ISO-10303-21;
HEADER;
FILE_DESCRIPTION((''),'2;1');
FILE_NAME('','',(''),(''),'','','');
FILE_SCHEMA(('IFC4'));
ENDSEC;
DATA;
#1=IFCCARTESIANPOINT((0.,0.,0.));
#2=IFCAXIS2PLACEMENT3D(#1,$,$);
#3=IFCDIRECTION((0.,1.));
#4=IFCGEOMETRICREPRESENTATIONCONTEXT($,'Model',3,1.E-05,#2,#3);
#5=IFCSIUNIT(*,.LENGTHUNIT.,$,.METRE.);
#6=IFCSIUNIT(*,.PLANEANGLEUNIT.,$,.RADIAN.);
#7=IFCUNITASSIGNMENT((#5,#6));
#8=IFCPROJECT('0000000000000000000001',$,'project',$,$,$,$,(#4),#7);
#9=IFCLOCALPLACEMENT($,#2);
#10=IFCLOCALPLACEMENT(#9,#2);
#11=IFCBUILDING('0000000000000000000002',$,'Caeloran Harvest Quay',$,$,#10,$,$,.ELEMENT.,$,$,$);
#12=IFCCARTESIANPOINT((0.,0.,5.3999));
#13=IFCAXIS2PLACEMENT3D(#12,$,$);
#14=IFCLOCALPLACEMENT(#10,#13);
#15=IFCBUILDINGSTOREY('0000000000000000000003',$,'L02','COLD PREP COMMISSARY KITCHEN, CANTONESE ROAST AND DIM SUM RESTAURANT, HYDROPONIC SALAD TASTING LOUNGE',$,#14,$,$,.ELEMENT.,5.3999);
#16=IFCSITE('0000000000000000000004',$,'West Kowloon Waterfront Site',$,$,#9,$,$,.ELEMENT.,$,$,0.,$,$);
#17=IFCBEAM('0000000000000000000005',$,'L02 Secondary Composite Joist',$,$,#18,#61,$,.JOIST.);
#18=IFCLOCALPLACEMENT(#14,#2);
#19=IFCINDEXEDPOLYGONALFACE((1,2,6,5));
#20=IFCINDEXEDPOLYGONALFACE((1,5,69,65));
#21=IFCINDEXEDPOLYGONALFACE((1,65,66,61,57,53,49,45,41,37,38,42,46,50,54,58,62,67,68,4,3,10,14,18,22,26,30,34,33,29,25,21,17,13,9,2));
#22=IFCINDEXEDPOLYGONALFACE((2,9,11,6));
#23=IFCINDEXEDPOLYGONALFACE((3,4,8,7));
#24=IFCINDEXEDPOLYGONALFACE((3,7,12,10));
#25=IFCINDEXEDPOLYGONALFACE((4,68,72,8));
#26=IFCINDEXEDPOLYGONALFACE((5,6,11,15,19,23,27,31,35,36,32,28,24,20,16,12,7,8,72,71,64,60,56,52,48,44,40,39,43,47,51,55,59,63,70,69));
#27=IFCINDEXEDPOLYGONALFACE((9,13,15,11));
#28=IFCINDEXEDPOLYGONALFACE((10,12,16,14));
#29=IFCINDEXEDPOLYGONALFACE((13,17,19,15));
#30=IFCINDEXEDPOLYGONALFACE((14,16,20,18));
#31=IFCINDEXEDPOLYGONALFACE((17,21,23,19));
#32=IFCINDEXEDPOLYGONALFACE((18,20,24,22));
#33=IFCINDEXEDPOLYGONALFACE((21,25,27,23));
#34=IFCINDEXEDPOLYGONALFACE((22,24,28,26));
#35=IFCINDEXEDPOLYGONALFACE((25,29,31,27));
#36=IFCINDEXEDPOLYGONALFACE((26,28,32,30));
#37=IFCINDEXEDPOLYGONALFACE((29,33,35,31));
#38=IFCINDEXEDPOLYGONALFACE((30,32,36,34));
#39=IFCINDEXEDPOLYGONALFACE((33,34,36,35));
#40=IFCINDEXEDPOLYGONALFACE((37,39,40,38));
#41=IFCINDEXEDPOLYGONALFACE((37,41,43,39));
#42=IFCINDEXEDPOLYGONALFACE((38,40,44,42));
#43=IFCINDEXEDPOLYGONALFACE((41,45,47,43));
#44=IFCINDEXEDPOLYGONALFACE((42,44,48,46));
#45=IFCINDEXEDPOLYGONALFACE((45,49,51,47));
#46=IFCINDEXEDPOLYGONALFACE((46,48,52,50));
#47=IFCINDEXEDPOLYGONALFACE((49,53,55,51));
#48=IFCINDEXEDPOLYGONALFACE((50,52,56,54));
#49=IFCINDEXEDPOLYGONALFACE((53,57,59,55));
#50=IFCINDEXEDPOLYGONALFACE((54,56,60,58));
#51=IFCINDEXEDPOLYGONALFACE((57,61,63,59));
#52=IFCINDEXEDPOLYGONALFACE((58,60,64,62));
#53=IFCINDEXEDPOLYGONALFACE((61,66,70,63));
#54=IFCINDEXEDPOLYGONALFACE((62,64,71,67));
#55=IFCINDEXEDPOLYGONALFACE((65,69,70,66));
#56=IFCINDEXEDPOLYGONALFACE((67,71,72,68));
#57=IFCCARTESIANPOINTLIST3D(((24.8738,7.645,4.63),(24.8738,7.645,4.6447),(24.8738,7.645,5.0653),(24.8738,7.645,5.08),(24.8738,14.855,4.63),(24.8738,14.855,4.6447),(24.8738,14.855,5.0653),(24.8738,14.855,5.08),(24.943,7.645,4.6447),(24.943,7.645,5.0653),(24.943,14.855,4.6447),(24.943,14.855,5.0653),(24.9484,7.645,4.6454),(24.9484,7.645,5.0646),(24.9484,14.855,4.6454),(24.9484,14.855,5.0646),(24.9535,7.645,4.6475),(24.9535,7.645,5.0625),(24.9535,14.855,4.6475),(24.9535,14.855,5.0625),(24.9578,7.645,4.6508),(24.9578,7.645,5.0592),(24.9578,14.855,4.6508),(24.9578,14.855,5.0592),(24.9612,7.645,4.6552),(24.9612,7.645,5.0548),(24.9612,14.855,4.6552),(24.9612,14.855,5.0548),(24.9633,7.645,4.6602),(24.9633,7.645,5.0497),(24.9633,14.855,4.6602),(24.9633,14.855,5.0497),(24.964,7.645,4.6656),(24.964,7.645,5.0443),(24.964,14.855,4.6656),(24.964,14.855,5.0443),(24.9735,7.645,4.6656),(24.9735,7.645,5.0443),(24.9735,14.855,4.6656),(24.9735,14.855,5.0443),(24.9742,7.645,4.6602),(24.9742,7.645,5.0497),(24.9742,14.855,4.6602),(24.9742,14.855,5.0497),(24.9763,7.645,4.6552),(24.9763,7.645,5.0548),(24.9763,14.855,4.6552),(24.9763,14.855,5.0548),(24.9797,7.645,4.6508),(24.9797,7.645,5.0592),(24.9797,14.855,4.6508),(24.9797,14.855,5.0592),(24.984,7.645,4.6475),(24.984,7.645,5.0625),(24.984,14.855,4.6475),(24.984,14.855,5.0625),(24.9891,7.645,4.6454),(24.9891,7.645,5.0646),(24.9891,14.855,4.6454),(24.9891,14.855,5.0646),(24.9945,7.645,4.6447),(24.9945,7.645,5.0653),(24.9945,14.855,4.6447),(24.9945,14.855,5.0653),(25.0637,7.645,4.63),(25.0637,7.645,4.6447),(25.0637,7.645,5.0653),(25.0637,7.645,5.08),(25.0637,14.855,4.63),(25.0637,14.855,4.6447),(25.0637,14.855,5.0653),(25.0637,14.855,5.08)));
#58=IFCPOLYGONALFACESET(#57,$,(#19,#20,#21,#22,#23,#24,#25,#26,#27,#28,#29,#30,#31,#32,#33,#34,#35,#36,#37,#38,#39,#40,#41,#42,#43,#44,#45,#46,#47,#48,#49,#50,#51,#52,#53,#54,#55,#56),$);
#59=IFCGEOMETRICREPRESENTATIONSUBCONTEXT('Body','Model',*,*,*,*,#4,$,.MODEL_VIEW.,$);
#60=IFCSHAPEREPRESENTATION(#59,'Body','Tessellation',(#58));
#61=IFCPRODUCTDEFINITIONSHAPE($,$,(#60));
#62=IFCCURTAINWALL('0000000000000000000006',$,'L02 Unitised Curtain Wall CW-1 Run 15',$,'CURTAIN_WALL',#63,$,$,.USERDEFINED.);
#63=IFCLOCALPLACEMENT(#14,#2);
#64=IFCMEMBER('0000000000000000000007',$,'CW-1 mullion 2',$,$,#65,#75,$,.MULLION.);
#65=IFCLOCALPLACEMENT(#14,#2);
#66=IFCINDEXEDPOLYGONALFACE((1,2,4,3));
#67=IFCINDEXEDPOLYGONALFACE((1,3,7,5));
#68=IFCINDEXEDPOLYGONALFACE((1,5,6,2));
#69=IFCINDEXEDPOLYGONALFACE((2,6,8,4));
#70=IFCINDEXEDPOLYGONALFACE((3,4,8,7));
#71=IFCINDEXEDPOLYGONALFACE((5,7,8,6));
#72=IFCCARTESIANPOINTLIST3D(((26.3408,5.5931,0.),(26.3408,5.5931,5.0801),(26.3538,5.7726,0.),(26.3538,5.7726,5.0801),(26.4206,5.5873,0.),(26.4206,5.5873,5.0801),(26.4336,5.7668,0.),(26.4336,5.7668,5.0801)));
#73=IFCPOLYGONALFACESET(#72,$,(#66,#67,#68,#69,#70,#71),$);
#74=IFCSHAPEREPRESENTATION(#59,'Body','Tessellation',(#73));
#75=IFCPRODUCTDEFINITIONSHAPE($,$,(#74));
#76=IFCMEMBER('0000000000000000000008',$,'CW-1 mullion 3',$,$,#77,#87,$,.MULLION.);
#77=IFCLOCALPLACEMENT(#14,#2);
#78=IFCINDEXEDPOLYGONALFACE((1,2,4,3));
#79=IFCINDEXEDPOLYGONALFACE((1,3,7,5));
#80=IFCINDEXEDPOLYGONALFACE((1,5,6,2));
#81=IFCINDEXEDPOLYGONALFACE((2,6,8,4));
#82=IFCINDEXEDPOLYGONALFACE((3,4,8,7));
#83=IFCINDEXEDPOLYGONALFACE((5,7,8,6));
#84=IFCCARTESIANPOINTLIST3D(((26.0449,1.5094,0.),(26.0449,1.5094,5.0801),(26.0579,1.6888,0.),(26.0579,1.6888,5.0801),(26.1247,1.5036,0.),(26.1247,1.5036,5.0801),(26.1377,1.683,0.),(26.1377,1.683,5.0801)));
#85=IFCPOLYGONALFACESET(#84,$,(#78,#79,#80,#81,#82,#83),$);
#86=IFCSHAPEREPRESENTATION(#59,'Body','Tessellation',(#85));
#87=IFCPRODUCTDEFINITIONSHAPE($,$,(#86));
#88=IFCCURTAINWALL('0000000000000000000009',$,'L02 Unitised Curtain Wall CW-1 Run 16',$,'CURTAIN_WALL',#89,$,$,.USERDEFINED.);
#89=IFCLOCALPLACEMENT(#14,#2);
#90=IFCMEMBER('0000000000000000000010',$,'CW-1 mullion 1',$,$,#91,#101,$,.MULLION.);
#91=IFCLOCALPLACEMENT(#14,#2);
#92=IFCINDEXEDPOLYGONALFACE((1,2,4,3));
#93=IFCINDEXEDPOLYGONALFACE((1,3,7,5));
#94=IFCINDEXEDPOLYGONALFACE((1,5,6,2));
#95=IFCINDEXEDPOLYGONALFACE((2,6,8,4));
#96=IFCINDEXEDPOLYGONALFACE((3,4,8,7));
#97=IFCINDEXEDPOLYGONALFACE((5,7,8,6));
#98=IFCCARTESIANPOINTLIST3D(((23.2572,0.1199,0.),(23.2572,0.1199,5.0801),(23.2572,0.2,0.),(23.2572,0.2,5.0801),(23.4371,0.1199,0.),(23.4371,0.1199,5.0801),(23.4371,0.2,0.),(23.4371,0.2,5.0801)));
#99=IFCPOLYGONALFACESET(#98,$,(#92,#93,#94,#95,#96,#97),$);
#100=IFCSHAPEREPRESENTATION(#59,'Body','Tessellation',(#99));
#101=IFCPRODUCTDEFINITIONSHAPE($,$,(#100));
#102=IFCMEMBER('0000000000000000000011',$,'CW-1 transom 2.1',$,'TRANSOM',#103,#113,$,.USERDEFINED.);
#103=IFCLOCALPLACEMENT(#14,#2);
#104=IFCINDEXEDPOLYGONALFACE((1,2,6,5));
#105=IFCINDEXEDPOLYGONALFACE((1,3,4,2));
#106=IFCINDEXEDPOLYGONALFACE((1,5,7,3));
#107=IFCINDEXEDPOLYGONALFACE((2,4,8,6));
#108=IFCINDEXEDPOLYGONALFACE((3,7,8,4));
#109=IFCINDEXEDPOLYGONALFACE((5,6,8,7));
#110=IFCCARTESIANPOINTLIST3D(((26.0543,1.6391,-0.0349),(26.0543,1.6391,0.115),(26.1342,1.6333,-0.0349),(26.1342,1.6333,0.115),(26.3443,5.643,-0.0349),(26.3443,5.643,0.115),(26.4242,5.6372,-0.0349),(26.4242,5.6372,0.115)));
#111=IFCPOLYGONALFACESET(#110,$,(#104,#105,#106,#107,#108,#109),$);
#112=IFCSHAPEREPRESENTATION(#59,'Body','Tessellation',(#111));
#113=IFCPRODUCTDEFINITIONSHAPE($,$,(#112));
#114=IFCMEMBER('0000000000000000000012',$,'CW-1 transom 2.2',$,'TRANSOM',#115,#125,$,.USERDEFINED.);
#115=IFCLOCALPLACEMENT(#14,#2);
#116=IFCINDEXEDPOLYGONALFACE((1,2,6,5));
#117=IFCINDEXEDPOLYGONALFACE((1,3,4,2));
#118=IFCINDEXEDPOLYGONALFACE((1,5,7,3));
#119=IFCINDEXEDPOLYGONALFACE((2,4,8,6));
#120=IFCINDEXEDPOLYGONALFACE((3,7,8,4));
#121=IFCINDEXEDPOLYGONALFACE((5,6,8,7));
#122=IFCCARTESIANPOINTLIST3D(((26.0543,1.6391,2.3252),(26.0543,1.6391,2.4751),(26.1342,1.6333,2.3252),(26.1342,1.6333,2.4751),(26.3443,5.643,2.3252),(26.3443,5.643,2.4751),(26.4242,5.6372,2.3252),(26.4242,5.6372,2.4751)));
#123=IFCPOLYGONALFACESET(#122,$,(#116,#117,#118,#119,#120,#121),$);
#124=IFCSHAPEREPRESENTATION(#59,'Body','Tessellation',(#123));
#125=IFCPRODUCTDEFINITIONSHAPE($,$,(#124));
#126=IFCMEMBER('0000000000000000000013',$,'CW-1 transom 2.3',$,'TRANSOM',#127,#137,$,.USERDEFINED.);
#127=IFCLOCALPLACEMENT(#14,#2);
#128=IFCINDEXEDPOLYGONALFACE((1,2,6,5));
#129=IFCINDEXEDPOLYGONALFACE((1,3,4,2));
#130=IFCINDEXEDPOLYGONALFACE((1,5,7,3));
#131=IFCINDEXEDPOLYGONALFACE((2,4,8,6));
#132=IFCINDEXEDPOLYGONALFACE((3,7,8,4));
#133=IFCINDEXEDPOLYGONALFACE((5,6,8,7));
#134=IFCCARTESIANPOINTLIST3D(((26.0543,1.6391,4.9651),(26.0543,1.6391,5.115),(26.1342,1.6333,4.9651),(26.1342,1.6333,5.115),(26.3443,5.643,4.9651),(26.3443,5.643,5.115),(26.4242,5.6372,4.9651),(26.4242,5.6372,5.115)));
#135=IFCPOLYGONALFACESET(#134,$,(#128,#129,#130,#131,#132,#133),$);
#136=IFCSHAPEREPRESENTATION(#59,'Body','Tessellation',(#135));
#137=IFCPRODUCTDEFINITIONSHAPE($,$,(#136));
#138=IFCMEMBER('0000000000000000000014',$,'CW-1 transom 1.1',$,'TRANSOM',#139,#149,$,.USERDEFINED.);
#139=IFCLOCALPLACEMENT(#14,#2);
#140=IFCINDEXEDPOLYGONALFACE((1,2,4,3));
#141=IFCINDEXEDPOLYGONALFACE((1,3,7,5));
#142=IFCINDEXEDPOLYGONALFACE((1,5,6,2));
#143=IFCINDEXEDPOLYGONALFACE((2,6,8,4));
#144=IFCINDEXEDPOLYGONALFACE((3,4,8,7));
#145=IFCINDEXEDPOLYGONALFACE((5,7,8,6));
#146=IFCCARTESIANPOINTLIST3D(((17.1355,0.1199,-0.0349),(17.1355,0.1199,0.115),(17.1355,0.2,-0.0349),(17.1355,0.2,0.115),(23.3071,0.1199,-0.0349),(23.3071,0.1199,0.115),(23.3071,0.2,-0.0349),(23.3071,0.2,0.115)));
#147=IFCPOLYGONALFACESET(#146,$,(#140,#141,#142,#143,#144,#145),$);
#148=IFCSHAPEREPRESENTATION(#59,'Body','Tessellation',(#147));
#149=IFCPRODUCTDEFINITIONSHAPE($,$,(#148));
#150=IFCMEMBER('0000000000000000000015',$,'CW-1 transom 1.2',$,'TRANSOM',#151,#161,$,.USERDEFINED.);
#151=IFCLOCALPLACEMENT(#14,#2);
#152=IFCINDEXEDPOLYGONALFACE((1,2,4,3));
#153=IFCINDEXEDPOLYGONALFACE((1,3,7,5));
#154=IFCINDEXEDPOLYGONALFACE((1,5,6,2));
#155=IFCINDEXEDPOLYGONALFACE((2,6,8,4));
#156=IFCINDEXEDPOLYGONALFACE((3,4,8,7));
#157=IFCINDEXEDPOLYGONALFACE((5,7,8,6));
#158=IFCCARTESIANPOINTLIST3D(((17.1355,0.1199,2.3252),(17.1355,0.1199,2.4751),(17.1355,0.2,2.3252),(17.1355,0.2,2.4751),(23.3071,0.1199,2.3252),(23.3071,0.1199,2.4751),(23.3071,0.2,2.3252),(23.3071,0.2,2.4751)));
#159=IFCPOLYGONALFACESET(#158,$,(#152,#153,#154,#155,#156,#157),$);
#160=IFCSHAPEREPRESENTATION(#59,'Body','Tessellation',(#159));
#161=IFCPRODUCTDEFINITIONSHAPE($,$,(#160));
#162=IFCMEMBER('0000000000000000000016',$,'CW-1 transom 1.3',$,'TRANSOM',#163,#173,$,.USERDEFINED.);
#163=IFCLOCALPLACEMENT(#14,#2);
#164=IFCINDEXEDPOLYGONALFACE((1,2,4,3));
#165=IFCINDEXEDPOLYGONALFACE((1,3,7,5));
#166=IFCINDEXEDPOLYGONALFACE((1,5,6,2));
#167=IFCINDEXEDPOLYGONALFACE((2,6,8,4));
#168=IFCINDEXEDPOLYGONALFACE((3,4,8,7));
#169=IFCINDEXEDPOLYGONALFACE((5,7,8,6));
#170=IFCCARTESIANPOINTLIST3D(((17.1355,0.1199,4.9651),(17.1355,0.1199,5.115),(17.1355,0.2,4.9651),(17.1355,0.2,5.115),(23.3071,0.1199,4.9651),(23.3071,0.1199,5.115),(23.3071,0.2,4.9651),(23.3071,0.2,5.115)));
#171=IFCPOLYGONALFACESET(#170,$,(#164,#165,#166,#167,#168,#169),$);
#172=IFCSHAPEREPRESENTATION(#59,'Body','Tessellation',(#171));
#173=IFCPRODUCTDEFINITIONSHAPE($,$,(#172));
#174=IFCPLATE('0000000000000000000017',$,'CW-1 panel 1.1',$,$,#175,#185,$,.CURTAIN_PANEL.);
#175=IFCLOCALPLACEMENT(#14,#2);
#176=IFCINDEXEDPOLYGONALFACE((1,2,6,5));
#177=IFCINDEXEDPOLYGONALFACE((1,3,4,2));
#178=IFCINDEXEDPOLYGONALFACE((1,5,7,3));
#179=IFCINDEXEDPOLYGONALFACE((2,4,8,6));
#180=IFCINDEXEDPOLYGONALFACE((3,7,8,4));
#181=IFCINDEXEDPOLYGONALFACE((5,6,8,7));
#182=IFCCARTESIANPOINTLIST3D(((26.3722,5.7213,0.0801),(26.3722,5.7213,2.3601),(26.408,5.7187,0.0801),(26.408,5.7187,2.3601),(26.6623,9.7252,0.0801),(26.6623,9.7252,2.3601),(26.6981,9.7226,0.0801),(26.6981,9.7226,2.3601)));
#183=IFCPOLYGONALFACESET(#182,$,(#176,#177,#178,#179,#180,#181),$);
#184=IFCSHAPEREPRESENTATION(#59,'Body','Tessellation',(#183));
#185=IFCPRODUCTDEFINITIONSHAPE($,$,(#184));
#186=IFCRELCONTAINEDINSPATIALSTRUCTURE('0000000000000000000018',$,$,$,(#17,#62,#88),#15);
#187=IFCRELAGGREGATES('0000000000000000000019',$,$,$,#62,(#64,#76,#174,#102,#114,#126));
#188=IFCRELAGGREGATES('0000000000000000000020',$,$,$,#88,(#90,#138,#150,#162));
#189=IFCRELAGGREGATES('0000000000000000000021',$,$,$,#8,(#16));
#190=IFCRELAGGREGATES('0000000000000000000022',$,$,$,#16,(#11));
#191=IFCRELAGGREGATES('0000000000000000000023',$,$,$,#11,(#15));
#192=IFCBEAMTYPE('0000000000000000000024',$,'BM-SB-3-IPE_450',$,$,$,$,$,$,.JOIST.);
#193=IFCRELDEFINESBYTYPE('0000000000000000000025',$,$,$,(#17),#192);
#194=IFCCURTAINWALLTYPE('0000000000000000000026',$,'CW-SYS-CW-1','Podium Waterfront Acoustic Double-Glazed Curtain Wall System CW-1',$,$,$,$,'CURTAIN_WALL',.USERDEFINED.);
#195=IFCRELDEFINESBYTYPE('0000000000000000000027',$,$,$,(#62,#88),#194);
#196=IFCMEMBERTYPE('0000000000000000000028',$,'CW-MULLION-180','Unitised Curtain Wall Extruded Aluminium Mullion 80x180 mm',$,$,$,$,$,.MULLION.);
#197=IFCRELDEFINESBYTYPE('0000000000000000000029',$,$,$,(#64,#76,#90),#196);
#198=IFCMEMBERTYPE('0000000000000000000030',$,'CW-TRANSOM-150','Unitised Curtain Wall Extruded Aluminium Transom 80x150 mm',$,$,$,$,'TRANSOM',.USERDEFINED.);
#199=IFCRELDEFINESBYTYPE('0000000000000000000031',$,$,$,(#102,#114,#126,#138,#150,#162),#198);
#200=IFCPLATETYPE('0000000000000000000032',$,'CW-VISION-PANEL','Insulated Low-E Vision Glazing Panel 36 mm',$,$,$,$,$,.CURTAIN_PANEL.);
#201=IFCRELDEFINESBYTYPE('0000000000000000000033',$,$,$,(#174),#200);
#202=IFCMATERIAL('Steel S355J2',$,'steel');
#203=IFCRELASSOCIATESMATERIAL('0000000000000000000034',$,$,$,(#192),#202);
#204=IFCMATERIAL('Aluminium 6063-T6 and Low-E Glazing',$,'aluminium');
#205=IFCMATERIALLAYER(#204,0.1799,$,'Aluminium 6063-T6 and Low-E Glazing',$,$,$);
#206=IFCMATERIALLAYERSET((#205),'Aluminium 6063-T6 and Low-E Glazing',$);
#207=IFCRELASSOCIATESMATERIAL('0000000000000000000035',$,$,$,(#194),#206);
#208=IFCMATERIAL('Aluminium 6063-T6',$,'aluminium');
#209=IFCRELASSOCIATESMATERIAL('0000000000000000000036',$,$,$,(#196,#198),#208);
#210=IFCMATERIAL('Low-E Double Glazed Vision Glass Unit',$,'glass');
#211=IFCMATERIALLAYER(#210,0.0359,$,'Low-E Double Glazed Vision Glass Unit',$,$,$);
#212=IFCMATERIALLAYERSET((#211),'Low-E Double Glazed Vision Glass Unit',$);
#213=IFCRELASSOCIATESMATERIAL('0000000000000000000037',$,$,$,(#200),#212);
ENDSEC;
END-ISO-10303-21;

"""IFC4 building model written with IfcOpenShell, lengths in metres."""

from ifc_helpers import new_model, si_unit, direction, frame, origin, origin_2d, place, context, subcontext, project, spatial, rectangle, i_section, extrude, material, layer, layer_set, material_profile, profile_set, type_object, element, aggregate, save


model = new_model("IFC4")

# Units and contexts
model_context = context("Model", 3, precision=1e-05, world=origin(), true_north=direction((0.0, 1.0)))
body_context = subcontext(model_context, "Body", "Model", "MODEL_VIEW")
ifc_project = project(units=[si_unit("LENGTHUNIT", "METRE"), si_unit("PLANEANGLEUNIT", "RADIAN")], contexts=[model_context])

# Site, building, storey
site_placement = place(None, origin())
site = spatial("IfcSite", under=ifc_project, at=site_placement, Name="West Kowloon Waterfront Site", CompositionType="ELEMENT", RefElevation=0.0)
building_placement = place(site_placement, origin())
building = spatial("IfcBuilding", under=site, at=building_placement, Name="Caeloran Harvest Quay", CompositionType="ELEMENT")
storey_placement = place(building_placement, frame((0.0, 0.0, 5.3999)))
storey = spatial("IfcBuildingStorey", under=building, at=storey_placement, Name="L02", Description="COLD PREP COMMISSARY KITCHEN, CANTONESE ROAST AND DIM SUM RESTAURANT, HYDROPONIC SALAD TASTING LOUNGE", CompositionType="ELEMENT", Elevation=5.3999)

# Beam
ifc_material_1 = material(Name="Steel S355J2", Category="steel")
ifc_material_profile_1 = material_profile(ifc_material_1, i_section(OverallWidth=0.1899, OverallDepth=0.45, WebThickness=0.0095, FlangeThickness=0.0146, FilletRadius=0.021, at=origin_2d()), Name="IPE 450")
ifc_profile_set_1 = profile_set([ifc_material_profile_1], Name="Steel S355J2")
beam_type_1 = type_object("IfcBeamType", Name="BM-SB-3-IPE_450", PredefinedType="JOIST", material=ifc_profile_set_1)
for number, where, z_axis, x_axis, name in (
    (1, (24.9688, 7.645, 4.855), (0.0, 1.0, 0.0), (-1.0, 0.0, 0.0), "L02 Secondary Composite Joist"),
):
    element("IfcBeam", number, at=place(storey_placement, frame(where, z_axis=z_axis, x_axis=x_axis)), inside=storey, type_object=beam_type_1, Name=name, PredefinedType="JOIST", context=body_context, shape_type="SweptSolid", body=[
        extrude(i_section(OverallWidth=0.1899, OverallDepth=0.45, WebThickness=0.0095, FlangeThickness=0.0146, FilletRadius=0.021, at=origin_2d()), origin(), (0.0, 0.0, 1.0), 7.21),
    ])

# Curtain wall, members
ifc_material_2 = material(Name="Aluminium 6063-T6 and Low-E Glazing", Category="aluminium")
ifc_layer_1 = layer(ifc_material_2, 0.1799, Name="Aluminium 6063-T6 and Low-E Glazing")
ifc_layer_set_1 = layer_set([ifc_layer_1], Name="Aluminium 6063-T6 and Low-E Glazing")
curtain_wall_type = type_object("IfcCurtainWallType", Name="CW-SYS-CW-1", Description="Podium Waterfront Acoustic Double-Glazed Curtain Wall System CW-1", ElementType="CURTAIN_WALL", PredefinedType="USERDEFINED", material=ifc_layer_set_1)
curtain_wall_1_placement = place(storey_placement, origin())
curtain_wall_1 = element("IfcCurtainWall", 2, at=curtain_wall_1_placement, inside=storey, type_object=curtain_wall_type, Name="L02 Unitised Curtain Wall CW-1 Run 15", ObjectType="CURTAIN_WALL", PredefinedType="USERDEFINED")
ifc_material_3 = material(Name="Aluminium 6063-T6", Category="aluminium")
ifc_material_profile_2 = material_profile(ifc_material_3, rectangle(XDim=0.0801, YDim=0.1799, at=origin_2d()), Name="CW-MULLION-180")
ifc_profile_set_2 = profile_set([ifc_material_profile_2], Name="Aluminium 6063-T6")
member_type_1 = type_object("IfcMemberType", Name="CW-MULLION-180", Description="Unitised Curtain Wall Extruded Aluminium Mullion 80x180 mm", PredefinedType="MULLION", material=ifc_profile_set_2)
member_1_placement = place(storey_placement, frame((26.3872, 5.6799, 0.0), z_axis=(0.0, 0.0, 1.0), x_axis=(0.997385, -0.072271, 0.0)))
member_1 = element("IfcMember", 3, at=member_1_placement, type_object=member_type_1, Name="CW-1 mullion 2", PredefinedType="MULLION", context=body_context, shape_type="SweptSolid", body=[
    extrude(rectangle(XDim=0.0801, YDim=0.1799, at=origin_2d()), origin(), (0.0, 0.0, 1.0), 5.0801),
])
member_2_placement = place(storey_placement, frame((26.0913, 1.5962, 0.0), z_axis=(0.0, 0.0, 1.0), x_axis=(0.997385, -0.072271, 0.0)))
member_2 = element("IfcMember", 4, at=member_2_placement, type_object=member_type_1, Name="CW-1 mullion 3", PredefinedType="MULLION", context=body_context, shape_type="SweptSolid", body=[
    extrude(rectangle(XDim=0.0801, YDim=0.1799, at=origin_2d()), origin(), (0.0, 0.0, 1.0), 5.0801),
])

# Curtain wall, member
curtain_wall_2_placement = place(storey_placement, origin())
curtain_wall_2 = element("IfcCurtainWall", 5, at=curtain_wall_2_placement, inside=storey, type_object=curtain_wall_type, Name="L02 Unitised Curtain Wall CW-1 Run 16", ObjectType="CURTAIN_WALL", PredefinedType="USERDEFINED")
member_3_placement = place(storey_placement, frame((23.3472, 0.1599, 0.0), z_axis=(0.0, 0.0, 1.0), x_axis=(0.0, -1.0, 0.0)))
member_3 = element("IfcMember", 6, at=member_3_placement, type_object=member_type_1, Name="CW-1 mullion 1", PredefinedType="MULLION", context=body_context, shape_type="SweptSolid", body=[
    extrude(rectangle(XDim=0.0801, YDim=0.1799, at=origin_2d()), origin(), (0.0, 0.0, 1.0), 5.0801),
])

# Members
ifc_material_profile_3 = material_profile(ifc_material_3, rectangle(XDim=0.0801, YDim=0.1499, at=origin_2d()), Name="CW-TRANSOM-150")
ifc_profile_set_3 = profile_set([ifc_material_profile_3], Name="Aluminium 6063-T6")
member_type_2 = type_object("IfcMemberType", Name="CW-TRANSOM-150", Description="Unitised Curtain Wall Extruded Aluminium Transom 80x150 mm", ElementType="TRANSOM", PredefinedType="USERDEFINED", material=ifc_profile_set_3)
member_4_placement = place(storey_placement, frame((26.3843, 5.6401, 0.04), z_axis=(-0.07225, -0.997387, 0.0), x_axis=(0.997387, -0.07225, 0.0)))
member_4 = element("IfcMember", 7, at=member_4_placement, type_object=member_type_2, Name="CW-1 transom 2.1", ObjectType="TRANSOM", PredefinedType="USERDEFINED", context=body_context, shape_type="SweptSolid", body=[
    extrude(rectangle(XDim=0.0801, YDim=0.1499, at=origin_2d()), origin(), (0.0, 0.0, 1.0), 4.0144),
])
member_5_placement = place(storey_placement, frame((26.3843, 5.6401, 2.4001), z_axis=(-0.07225, -0.997387, 0.0), x_axis=(0.997387, -0.07225, 0.0)))
member_5 = element("IfcMember", 8, at=member_5_placement, type_object=member_type_2, Name="CW-1 transom 2.2", ObjectType="TRANSOM", PredefinedType="USERDEFINED", context=body_context, shape_type="SweptSolid", body=[
    extrude(rectangle(XDim=0.0801, YDim=0.1499, at=origin_2d()), origin(), (0.0, 0.0, 1.0), 4.0144),
])
member_6_placement = place(storey_placement, frame((26.3843, 5.6401, 5.04), z_axis=(-0.07225, -0.997387, 0.0), x_axis=(0.997387, -0.07225, 0.0)))
member_6 = element("IfcMember", 9, at=member_6_placement, type_object=member_type_2, Name="CW-1 transom 2.3", ObjectType="TRANSOM", PredefinedType="USERDEFINED", context=body_context, shape_type="SweptSolid", body=[
    extrude(rectangle(XDim=0.0801, YDim=0.1499, at=origin_2d()), origin(), (0.0, 0.0, 1.0), 4.0144),
])
member_7_placement = place(storey_placement, frame((23.3071, 0.1599, 0.04), z_axis=(-1.0, 0.0, 0.0), x_axis=(0.0, -1.0, 0.0)))
member_7 = element("IfcMember", 10, at=member_7_placement, type_object=member_type_2, Name="CW-1 transom 1.1", ObjectType="TRANSOM", PredefinedType="USERDEFINED", context=body_context, shape_type="SweptSolid", body=[
    extrude(rectangle(XDim=0.0801, YDim=0.1499, at=origin_2d()), origin(), (0.0, 0.0, 1.0), 6.1716),
])
member_8_placement = place(storey_placement, frame((23.3071, 0.1599, 2.4001), z_axis=(-1.0, 0.0, 0.0), x_axis=(0.0, -1.0, 0.0)))
member_8 = element("IfcMember", 11, at=member_8_placement, type_object=member_type_2, Name="CW-1 transom 1.2", ObjectType="TRANSOM", PredefinedType="USERDEFINED", context=body_context, shape_type="SweptSolid", body=[
    extrude(rectangle(XDim=0.0801, YDim=0.1499, at=origin_2d()), origin(), (0.0, 0.0, 1.0), 6.1716),
])
member_9_placement = place(storey_placement, frame((23.3071, 0.1599, 5.04), z_axis=(-1.0, 0.0, 0.0), x_axis=(0.0, -1.0, 0.0)))
member_9 = element("IfcMember", 12, at=member_9_placement, type_object=member_type_2, Name="CW-1 transom 1.3", ObjectType="TRANSOM", PredefinedType="USERDEFINED", context=body_context, shape_type="SweptSolid", body=[
    extrude(rectangle(XDim=0.0801, YDim=0.1499, at=origin_2d()), origin(), (0.0, 0.0, 1.0), 6.1716),
])

# Plate
ifc_material_4 = material(Name="Low-E Double Glazed Vision Glass Unit", Category="glass")
ifc_layer_2 = layer(ifc_material_4, 0.0359, Name="Low-E Double Glazed Vision Glass Unit")
ifc_layer_set_2 = layer_set([ifc_layer_2], Name="Low-E Double Glazed Vision Glass Unit")
plate_type = type_object("IfcPlateType", Name="CW-VISION-PANEL", Description="Insulated Low-E Vision Glazing Panel 36 mm", PredefinedType="CURTAIN_PANEL", material=ifc_layer_set_2)
plate_1_placement = place(storey_placement, frame((26.5352, 7.7219, 0.0801), z_axis=(0.0, 0.0, 1.0), x_axis=(-0.072271, -0.997385, 0.0)))
plate_1 = element("IfcPlate", 13, at=plate_1_placement, type_object=plate_type, Name="CW-1 panel 1.1", PredefinedType="CURTAIN_PANEL", context=body_context, shape_type="SweptSolid", body=[
    extrude(rectangle(XDim=4.0144, YDim=0.0359, at=origin_2d()), origin(), (0.0, 0.0, 1.0), 2.28),
])
aggregate(curtain_wall_1, [member_1, member_2, plate_1, member_4, member_5, member_6])
aggregate(curtain_wall_2, [member_3, member_7, member_8, member_9])

save(model, "model.ifc")
